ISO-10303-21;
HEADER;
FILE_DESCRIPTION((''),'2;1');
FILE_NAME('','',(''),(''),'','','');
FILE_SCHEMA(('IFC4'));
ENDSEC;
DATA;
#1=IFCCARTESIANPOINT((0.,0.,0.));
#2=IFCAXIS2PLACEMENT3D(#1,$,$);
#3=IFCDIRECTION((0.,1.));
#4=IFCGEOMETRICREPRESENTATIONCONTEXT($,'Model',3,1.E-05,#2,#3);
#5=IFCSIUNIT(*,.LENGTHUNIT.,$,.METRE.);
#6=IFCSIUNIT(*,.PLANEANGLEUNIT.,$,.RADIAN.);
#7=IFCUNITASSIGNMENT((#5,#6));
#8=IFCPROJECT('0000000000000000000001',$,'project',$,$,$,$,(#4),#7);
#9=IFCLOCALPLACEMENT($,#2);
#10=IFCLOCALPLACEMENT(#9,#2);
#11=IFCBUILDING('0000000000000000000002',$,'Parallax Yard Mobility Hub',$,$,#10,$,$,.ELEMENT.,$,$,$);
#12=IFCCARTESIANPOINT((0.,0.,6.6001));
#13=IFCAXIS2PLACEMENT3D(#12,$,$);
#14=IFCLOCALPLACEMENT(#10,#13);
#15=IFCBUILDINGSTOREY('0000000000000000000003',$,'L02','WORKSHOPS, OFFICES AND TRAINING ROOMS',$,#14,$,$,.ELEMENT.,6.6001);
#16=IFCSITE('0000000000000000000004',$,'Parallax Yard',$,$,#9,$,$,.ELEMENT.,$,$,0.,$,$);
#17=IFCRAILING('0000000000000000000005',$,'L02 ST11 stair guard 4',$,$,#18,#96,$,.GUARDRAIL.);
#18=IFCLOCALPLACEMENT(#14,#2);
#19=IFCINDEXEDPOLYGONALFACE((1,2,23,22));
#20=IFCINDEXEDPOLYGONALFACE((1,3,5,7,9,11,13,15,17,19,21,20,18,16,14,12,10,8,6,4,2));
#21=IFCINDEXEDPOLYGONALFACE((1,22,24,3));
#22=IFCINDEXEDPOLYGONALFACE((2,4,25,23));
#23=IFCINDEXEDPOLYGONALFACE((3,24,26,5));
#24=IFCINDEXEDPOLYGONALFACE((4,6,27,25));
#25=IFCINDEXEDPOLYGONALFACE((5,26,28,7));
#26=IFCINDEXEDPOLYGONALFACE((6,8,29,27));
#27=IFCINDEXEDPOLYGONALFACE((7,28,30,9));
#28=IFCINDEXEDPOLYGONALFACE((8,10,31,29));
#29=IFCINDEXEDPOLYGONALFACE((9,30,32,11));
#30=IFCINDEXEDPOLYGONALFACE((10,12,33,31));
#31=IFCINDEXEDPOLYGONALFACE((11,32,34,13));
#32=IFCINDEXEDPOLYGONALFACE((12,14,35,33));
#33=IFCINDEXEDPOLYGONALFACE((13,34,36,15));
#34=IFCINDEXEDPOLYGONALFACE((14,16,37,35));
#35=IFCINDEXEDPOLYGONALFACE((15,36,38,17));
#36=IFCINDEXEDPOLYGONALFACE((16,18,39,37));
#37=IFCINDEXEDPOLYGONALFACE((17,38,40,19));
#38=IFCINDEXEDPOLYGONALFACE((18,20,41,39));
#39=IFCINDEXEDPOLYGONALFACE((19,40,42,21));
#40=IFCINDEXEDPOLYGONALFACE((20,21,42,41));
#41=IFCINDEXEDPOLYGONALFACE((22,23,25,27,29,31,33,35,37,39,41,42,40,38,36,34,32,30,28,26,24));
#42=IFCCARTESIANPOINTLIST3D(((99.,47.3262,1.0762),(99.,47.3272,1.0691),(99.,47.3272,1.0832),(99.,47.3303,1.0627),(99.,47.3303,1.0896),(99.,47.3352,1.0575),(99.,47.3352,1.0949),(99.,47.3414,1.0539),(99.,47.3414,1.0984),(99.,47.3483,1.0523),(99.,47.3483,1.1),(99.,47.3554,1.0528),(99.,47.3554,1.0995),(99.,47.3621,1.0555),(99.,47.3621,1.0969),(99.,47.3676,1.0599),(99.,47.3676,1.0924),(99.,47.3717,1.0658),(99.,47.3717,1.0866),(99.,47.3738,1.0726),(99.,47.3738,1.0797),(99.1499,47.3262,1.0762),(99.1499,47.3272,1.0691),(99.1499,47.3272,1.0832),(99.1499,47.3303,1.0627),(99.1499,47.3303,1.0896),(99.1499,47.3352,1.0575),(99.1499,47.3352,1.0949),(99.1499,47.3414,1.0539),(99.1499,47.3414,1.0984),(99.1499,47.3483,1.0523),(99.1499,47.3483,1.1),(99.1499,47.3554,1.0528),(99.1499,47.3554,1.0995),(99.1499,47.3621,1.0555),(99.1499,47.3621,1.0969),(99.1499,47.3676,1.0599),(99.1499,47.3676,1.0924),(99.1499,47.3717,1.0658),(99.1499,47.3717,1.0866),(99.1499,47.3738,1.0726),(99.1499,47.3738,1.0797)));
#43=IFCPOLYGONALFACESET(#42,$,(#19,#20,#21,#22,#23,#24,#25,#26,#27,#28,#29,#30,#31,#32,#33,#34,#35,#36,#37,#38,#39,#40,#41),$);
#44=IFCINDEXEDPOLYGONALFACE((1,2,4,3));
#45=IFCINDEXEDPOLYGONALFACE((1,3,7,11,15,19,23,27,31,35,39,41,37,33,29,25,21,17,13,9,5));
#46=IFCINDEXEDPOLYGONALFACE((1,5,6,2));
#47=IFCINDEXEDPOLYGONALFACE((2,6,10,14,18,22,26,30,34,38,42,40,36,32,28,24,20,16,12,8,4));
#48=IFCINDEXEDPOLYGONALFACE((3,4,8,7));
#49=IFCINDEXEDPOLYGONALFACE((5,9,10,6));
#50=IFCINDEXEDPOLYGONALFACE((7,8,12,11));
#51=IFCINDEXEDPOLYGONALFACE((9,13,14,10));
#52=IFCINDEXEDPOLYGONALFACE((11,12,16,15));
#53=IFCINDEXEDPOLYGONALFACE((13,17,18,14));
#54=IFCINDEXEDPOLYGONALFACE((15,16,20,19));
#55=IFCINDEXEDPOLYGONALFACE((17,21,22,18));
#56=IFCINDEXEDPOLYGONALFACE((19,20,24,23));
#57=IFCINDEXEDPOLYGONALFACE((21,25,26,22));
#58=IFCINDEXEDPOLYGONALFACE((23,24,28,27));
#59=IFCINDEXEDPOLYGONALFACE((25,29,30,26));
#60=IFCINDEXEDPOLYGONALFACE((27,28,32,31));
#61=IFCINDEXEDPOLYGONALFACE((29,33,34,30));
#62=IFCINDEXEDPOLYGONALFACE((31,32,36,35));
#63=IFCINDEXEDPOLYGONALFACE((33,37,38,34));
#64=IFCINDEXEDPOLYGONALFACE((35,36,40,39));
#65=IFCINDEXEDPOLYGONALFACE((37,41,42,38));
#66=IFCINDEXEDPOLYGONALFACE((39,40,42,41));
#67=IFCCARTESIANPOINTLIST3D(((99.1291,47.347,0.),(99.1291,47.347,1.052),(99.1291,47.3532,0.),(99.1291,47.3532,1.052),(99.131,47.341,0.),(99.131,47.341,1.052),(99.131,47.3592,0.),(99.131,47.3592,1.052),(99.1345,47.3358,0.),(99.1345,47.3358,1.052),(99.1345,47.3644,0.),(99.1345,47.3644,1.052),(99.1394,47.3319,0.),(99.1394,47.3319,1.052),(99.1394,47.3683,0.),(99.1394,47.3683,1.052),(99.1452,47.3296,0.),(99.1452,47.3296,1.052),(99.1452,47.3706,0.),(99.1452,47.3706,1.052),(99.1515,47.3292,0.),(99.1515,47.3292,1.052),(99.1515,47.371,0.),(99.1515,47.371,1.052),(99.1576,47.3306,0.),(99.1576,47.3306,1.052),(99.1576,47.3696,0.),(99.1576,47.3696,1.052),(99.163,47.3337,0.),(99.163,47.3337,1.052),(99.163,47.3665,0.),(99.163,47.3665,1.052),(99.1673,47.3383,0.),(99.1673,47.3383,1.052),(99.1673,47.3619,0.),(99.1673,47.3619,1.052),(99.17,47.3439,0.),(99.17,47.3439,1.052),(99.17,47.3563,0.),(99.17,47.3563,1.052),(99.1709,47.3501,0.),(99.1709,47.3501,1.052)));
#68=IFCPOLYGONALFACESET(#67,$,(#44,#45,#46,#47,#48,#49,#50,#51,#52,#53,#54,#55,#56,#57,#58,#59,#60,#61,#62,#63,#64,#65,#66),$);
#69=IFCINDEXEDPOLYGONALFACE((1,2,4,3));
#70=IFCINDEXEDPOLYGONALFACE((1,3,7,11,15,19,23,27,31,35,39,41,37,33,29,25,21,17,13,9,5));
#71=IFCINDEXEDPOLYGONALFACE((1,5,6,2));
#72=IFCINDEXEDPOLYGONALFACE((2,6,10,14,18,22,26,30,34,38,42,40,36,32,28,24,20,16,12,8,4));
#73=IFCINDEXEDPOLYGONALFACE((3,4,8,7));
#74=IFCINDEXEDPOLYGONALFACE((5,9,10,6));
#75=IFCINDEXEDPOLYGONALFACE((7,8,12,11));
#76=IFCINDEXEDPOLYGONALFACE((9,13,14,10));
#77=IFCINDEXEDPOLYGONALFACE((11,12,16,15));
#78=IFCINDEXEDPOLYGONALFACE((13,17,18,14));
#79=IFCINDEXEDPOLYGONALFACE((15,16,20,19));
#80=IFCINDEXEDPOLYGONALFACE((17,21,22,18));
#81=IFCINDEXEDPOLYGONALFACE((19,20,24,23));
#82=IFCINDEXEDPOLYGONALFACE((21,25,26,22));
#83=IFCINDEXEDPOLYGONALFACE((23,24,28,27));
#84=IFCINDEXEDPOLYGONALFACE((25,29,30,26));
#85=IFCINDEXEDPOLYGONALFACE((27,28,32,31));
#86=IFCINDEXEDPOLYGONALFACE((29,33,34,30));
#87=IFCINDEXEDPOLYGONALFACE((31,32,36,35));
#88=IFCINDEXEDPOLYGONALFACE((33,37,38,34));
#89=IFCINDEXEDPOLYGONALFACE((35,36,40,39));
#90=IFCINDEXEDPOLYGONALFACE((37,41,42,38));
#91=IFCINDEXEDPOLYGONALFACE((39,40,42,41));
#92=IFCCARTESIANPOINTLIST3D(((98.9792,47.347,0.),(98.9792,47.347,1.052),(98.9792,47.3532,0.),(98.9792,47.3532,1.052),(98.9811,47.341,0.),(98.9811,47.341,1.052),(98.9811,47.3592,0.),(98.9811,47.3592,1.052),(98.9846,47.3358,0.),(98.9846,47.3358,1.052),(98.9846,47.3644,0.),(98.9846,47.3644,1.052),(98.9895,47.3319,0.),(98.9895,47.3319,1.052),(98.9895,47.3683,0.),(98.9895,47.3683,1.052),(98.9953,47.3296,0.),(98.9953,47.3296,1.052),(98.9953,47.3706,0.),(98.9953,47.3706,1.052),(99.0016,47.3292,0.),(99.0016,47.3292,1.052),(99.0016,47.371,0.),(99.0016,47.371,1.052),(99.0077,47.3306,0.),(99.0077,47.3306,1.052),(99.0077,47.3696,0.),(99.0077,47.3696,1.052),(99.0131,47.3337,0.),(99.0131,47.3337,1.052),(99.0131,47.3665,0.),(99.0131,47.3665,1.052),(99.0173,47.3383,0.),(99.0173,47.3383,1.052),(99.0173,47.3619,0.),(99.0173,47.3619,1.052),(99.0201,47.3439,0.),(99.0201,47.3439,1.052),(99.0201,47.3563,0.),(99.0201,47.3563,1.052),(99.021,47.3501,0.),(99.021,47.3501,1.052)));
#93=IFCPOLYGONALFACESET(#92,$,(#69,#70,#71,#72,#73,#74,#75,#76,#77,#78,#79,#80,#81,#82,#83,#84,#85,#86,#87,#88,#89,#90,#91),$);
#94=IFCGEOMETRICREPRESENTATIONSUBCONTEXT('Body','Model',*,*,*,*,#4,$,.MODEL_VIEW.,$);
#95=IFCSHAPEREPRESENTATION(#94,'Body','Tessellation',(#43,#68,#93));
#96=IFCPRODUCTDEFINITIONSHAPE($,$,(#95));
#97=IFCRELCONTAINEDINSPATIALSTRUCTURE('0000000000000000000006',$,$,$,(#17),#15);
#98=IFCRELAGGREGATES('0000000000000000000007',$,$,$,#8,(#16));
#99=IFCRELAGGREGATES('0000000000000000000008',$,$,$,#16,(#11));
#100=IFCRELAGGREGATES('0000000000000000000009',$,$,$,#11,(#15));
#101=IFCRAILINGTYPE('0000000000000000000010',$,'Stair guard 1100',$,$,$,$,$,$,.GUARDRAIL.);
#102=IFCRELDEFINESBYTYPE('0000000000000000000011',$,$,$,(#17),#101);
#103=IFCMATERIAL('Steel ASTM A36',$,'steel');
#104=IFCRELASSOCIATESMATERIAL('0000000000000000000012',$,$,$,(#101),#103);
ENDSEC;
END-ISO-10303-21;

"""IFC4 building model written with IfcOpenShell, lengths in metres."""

from ifc_helpers import new_model, si_unit, direction, frame, origin, origin_2d, place, context, subcontext, project, spatial, circle, extrude, material, type_object, element, save


model = new_model("IFC4")

# Units and contexts
model_context = context("Model", 3, precision=1e-05, world=origin(), true_north=direction((0.0, 1.0)))
body_context = subcontext(model_context, "Body", "Model", "MODEL_VIEW")
ifc_project = project(units=[si_unit("LENGTHUNIT", "METRE"), si_unit("PLANEANGLEUNIT", "RADIAN")], contexts=[model_context])

# Site, building, storey
site_placement = place(None, origin())
site = spatial("IfcSite", under=ifc_project, at=site_placement, Name="Parallax Yard", CompositionType="ELEMENT", RefElevation=0.0)
building_placement = place(site_placement, origin())
building = spatial("IfcBuilding", under=site, at=building_placement, Name="Parallax Yard Mobility Hub", CompositionType="ELEMENT")
storey_placement = place(building_placement, frame((0.0, 0.0, 6.6001)))
storey = spatial("IfcBuildingStorey", under=building, at=storey_placement, Name="L02", Description="WORKSHOPS, OFFICES AND TRAINING ROOMS", CompositionType="ELEMENT", Elevation=6.6001)

# Railing
ifc_material_1 = material(Name="Steel ASTM A36", Category="steel")
railing_type_1 = type_object("IfcRailingType", Name="Stair guard 1100", PredefinedType="GUARDRAIL", material=ifc_material_1)
railing_1_placement = place(storey_placement, frame((99.1499, 47.3501, 0.0)))
element("IfcRailing", 1, at=railing_1_placement, inside=storey, type_object=railing_type_1, Name="L02 ST11 stair guard 4", PredefinedType="GUARDRAIL", context=body_context, shape_type="SweptSolid", body=[
    extrude(circle(Radius=0.0239, at=origin_2d()), frame((0.0, 0.0, 1.0762), z_axis=(-1.0, 0.0, 0.0), x_axis=(0.0, -1.0, 0.0)), (0.0, 0.0, 1.0), 0.1499),
    extrude(circle(Radius=0.021, at=origin_2d()), origin(), (0.0, 0.0, 1.0), 1.052),
    extrude(circle(Radius=0.021, at=origin_2d()), frame((-0.1499, 0.0, 0.0)), (0.0, 0.0, 1.0), 1.052),
])

save(model, "model.ifc")
